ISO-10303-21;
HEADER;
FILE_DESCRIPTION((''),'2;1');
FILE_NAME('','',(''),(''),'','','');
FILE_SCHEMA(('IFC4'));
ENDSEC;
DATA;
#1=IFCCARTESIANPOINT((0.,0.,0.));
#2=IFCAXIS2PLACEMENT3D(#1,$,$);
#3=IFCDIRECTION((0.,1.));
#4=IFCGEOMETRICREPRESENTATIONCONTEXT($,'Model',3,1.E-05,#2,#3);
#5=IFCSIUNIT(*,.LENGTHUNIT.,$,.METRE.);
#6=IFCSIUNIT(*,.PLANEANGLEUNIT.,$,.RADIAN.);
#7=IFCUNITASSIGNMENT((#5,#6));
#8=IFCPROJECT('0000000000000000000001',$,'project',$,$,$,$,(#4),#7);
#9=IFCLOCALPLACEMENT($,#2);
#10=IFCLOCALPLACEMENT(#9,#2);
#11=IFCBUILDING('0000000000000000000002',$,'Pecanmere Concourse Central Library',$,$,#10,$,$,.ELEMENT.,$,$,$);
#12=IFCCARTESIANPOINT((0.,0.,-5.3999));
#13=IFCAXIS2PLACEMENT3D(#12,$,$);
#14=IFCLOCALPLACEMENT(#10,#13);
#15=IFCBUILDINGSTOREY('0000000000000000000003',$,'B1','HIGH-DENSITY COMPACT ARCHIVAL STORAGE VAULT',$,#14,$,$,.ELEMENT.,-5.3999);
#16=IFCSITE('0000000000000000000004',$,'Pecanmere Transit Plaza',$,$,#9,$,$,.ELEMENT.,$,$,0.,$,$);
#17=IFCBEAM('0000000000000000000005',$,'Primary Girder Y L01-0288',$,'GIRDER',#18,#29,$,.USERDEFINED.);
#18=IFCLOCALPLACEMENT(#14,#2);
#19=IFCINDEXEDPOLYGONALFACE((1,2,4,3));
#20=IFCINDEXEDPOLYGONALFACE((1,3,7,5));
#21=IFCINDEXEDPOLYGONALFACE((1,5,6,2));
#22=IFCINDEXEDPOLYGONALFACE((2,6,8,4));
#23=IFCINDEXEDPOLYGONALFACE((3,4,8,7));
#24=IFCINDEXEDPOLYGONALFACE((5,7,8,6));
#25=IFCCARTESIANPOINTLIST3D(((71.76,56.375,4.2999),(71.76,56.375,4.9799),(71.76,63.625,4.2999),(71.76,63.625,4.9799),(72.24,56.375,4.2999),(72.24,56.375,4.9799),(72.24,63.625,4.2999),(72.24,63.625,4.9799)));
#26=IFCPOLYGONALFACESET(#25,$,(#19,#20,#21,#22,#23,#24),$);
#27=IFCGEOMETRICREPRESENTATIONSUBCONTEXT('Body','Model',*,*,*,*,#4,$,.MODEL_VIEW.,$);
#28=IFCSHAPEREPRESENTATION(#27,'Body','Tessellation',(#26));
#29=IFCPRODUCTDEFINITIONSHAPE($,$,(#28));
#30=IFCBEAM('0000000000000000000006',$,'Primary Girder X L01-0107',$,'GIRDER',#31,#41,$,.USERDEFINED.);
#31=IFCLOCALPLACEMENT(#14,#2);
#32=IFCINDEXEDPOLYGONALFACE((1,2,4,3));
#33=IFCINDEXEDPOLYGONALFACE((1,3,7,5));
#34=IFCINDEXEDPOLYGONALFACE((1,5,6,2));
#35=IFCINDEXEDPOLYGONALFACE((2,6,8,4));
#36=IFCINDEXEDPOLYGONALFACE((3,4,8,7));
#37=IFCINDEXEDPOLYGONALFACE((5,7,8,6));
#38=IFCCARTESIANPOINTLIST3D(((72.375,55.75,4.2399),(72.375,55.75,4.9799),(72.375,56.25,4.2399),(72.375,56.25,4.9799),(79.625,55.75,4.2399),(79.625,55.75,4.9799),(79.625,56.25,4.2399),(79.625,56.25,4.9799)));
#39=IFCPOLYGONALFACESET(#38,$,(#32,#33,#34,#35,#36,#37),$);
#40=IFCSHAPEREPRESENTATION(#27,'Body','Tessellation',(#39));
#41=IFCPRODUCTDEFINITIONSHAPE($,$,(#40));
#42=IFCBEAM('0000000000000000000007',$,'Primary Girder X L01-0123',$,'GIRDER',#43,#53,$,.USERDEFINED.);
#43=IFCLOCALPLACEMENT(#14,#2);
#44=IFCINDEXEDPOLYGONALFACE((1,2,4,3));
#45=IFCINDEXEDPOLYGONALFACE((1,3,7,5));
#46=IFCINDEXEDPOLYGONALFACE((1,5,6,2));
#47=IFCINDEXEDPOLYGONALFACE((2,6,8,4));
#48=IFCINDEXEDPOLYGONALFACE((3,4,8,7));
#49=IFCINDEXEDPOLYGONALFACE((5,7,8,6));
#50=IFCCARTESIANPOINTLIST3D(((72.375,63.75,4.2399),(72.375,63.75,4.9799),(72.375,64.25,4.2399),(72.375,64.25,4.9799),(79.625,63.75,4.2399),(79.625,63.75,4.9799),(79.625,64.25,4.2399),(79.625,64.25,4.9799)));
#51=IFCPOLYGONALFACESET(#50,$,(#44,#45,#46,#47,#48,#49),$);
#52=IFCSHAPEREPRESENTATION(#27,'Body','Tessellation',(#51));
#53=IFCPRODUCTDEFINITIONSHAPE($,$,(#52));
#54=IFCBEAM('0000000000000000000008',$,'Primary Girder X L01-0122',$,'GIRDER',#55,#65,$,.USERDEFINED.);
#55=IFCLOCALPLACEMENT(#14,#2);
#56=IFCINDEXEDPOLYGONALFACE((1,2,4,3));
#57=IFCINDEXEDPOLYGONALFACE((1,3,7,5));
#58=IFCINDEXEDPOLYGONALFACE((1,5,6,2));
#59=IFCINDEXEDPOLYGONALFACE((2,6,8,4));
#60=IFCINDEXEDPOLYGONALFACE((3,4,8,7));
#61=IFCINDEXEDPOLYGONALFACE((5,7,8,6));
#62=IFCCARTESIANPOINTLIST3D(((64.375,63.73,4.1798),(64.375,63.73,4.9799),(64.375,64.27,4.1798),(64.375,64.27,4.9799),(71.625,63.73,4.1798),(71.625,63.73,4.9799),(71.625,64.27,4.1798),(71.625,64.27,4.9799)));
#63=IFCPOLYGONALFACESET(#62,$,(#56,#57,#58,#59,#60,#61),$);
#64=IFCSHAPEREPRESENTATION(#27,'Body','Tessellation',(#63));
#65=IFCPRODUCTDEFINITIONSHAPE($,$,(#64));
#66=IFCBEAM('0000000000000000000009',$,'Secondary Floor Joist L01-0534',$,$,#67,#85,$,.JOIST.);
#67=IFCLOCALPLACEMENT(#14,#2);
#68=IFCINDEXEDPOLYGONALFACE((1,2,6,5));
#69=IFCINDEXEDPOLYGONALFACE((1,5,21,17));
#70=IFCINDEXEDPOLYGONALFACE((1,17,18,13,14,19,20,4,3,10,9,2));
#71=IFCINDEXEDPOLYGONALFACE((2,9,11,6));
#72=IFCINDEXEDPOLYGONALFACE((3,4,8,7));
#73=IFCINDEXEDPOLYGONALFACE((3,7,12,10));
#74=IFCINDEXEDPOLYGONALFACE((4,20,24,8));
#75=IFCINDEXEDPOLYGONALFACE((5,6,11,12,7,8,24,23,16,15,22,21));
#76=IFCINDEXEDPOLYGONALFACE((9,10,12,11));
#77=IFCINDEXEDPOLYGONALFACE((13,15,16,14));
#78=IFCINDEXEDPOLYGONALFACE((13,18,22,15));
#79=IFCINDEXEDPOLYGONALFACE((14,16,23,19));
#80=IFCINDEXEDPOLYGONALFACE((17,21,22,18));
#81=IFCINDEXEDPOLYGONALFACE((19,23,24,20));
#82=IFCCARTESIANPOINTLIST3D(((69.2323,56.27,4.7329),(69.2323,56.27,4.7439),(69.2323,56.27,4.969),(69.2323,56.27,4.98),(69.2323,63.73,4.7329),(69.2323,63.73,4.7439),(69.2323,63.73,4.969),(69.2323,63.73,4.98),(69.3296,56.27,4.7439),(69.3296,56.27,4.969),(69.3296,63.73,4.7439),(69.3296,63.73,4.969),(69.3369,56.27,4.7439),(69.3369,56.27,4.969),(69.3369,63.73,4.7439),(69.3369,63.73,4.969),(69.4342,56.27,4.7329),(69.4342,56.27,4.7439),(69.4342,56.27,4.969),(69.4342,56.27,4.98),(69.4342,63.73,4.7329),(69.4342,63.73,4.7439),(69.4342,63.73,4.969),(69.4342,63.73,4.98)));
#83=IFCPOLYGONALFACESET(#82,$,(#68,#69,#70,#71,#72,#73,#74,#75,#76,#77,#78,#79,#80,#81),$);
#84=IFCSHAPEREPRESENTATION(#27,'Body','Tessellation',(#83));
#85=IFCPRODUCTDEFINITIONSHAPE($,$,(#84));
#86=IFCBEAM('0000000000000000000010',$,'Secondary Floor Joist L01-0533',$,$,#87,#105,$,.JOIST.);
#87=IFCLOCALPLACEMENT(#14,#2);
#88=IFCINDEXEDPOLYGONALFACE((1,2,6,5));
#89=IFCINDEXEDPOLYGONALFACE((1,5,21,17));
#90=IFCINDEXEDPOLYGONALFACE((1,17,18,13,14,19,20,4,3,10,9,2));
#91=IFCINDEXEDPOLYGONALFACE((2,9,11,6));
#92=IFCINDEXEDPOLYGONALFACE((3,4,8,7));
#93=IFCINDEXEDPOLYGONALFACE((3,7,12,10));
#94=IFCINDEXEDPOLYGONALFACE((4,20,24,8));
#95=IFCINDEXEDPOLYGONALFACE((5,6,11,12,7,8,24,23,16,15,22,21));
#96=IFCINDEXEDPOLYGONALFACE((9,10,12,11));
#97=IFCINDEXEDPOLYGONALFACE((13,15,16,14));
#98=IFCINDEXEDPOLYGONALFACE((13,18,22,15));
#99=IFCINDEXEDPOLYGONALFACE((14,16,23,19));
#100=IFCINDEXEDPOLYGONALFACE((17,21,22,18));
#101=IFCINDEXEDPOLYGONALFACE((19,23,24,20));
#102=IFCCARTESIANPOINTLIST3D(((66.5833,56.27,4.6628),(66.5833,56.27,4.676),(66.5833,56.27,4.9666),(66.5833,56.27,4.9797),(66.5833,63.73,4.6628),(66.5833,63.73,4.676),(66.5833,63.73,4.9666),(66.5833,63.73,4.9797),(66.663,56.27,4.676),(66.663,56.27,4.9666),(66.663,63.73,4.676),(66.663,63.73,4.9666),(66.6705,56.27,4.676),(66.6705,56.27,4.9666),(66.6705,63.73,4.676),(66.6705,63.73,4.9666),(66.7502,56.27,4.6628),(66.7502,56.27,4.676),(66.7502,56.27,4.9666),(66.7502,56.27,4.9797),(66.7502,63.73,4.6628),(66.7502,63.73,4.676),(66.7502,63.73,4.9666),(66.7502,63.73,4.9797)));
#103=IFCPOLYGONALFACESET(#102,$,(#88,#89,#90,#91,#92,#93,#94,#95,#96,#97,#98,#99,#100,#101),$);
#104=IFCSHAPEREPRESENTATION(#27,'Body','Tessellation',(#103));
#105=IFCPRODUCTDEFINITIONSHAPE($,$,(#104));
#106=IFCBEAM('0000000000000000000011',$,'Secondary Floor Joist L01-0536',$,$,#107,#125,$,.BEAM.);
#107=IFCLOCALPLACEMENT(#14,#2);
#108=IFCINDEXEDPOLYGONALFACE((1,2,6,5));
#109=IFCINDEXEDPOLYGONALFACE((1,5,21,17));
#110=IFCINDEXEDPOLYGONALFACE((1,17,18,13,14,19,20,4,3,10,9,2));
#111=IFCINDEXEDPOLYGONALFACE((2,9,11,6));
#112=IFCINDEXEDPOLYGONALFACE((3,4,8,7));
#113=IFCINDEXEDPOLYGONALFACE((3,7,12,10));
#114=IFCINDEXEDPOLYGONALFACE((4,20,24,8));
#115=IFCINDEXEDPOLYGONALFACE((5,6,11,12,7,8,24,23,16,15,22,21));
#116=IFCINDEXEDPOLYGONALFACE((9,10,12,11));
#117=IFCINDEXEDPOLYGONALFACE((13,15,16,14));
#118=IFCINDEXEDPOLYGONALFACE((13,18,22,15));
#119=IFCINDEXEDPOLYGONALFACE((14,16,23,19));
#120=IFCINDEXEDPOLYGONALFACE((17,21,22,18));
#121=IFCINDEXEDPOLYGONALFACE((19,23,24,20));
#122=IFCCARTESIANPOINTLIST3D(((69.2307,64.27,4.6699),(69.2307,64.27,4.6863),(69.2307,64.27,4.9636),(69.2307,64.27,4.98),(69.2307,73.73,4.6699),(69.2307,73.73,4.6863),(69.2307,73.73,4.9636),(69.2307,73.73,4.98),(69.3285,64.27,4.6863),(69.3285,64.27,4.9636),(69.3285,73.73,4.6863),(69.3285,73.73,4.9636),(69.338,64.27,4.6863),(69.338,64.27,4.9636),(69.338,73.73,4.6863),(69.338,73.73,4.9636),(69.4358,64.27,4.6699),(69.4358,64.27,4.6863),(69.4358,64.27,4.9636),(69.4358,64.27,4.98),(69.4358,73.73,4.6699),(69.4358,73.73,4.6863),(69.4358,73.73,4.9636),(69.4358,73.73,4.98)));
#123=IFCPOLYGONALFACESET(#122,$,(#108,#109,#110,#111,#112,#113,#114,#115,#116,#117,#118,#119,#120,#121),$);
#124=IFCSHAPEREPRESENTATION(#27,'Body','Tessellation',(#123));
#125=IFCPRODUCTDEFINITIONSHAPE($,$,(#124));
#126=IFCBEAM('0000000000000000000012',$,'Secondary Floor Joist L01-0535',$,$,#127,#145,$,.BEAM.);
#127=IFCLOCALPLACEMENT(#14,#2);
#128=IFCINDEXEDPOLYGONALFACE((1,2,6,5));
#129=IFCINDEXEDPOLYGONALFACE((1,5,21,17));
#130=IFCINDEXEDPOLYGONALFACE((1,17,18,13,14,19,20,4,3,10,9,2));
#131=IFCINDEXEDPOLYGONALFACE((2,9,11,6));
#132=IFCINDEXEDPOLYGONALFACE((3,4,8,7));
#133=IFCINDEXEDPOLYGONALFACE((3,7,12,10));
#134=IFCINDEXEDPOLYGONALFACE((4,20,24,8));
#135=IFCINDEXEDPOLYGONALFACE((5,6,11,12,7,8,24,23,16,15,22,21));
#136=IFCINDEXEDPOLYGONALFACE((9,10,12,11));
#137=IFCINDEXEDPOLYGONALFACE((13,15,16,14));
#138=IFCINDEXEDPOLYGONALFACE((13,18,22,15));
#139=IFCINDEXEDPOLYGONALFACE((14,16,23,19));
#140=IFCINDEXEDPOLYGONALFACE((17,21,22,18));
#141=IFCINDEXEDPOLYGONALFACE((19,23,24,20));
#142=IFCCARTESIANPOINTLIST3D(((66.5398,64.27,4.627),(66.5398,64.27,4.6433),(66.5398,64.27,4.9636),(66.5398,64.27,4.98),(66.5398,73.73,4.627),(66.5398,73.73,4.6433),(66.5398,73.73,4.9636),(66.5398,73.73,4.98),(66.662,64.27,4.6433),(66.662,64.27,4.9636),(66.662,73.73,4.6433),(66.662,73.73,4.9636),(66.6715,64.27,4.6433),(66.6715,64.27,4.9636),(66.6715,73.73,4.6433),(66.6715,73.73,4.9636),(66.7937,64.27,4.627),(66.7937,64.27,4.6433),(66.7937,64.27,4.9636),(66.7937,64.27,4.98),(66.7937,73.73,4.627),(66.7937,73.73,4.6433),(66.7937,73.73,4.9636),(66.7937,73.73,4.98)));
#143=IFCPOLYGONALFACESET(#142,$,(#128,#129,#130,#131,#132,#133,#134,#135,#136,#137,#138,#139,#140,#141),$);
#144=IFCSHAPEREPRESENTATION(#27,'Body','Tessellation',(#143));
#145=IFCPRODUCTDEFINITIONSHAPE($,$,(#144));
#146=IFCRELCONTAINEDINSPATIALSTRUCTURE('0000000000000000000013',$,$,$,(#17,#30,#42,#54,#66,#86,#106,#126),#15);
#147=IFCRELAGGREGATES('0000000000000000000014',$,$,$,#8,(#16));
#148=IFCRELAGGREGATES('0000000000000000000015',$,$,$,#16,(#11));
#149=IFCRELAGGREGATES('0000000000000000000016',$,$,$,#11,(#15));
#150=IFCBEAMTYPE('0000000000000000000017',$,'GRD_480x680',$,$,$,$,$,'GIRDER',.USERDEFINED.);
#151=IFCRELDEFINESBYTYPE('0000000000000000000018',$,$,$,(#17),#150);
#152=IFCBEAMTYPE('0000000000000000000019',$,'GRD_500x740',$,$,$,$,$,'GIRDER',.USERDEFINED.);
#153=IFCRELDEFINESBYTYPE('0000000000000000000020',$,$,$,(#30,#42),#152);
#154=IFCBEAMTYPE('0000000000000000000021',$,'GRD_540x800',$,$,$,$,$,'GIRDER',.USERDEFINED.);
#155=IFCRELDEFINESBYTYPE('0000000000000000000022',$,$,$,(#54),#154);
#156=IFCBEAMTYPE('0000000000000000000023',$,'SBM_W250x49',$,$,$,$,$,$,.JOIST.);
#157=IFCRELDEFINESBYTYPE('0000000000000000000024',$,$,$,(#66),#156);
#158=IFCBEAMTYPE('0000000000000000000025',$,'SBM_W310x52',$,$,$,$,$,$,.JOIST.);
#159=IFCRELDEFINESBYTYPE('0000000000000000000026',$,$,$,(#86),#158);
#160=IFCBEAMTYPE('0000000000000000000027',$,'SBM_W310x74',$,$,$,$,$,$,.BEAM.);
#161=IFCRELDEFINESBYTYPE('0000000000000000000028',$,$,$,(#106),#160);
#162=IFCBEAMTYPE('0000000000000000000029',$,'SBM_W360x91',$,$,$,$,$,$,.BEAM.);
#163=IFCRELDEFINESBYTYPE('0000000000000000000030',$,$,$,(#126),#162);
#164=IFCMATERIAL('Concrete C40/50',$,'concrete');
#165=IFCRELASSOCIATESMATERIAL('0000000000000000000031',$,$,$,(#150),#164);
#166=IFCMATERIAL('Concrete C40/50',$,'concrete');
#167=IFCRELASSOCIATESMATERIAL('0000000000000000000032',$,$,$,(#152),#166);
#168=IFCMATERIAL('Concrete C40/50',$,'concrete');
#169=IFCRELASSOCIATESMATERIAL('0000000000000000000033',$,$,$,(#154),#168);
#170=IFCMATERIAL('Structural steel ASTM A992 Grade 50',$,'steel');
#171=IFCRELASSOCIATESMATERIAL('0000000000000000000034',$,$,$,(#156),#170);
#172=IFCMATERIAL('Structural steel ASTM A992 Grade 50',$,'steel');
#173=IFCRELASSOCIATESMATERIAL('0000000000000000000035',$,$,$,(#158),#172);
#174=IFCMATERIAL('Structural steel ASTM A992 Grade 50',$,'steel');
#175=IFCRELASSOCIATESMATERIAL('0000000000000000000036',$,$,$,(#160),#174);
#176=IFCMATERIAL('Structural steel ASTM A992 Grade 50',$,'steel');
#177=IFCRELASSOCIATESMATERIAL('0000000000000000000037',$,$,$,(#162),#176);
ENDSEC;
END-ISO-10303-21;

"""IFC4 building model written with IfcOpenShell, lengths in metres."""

from ifc_helpers import new_model, si_unit, direction, frame, origin, origin_2d, place, context, subcontext, project, spatial, rectangle, i_section, extrude, material, material_profile, profile_set, type_object, element, save


model = new_model("IFC4")

# Units and contexts
model_context = context("Model", 3, precision=1e-05, world=origin(), true_north=direction((0.0, 1.0)))
body_context = subcontext(model_context, "Body", "Model", "MODEL_VIEW")
ifc_project = project(units=[si_unit("LENGTHUNIT", "METRE"), si_unit("PLANEANGLEUNIT", "RADIAN")], contexts=[model_context])

# Site, building, storey
site_placement = place(None, origin())
site = spatial("IfcSite", under=ifc_project, at=site_placement, Name="Pecanmere Transit Plaza", CompositionType="ELEMENT", RefElevation=0.0)
building_placement = place(site_placement, origin())
building = spatial("IfcBuilding", under=site, at=building_placement, Name="Pecanmere Concourse Central Library", CompositionType="ELEMENT")
storey_placement = place(building_placement, frame((0.0, 0.0, -5.3999)))
storey = spatial("IfcBuildingStorey", under=building, at=storey_placement, Name="B1", Description="HIGH-DENSITY COMPACT ARCHIVAL STORAGE VAULT", CompositionType="ELEMENT", Elevation=-5.3999)

# Beams
ifc_material_1 = material(Name="Concrete C40/50", Category="concrete")
ifc_material_profile_1 = material_profile(ifc_material_1, rectangle(XDim=0.48, YDim=0.6799, at=origin_2d()), Name="RC 480x680")
ifc_profile_set_1 = profile_set([ifc_material_profile_1], Name="Concrete C40/50")
beam_type_1 = type_object("IfcBeamType", Name="GRD_480x680", ElementType="GIRDER", PredefinedType="USERDEFINED", material=ifc_profile_set_1)
beam_1_placement = place(storey_placement, frame((72.0, 56.375, 4.6399), z_axis=(0.0, 1.0, 0.0), x_axis=(-1.0, 0.0, 0.0)))
element("IfcBeam", 1, at=beam_1_placement, inside=storey, type_object=beam_type_1, Name="Primary Girder Y L01-0288", ObjectType="GIRDER", PredefinedType="USERDEFINED", context=body_context, shape_type="SweptSolid", body=[
    extrude(rectangle(XDim=0.48, YDim=0.6799, at=origin_2d()), origin(), (0.0, 0.0, 1.0), 7.25),
])
ifc_material_2 = material(Name="Concrete C40/50", Category="concrete")
ifc_material_profile_2 = material_profile(ifc_material_2, rectangle(XDim=0.5, YDim=0.74, at=origin_2d()), Name="RC 500x740")
ifc_profile_set_2 = profile_set([ifc_material_profile_2], Name="Concrete C40/50")
beam_type_2 = type_object("IfcBeamType", Name="GRD_500x740", ElementType="GIRDER", PredefinedType="USERDEFINED", material=ifc_profile_set_2)
for number, where, z_axis, x_axis, name in (
    (2, (72.375, 56.0, 4.6099), (1.0, 0.0, 0.0), (0.0, 1.0, 0.0), "Primary Girder X L01-0107"),
    (3, (72.375, 64.0, 4.6099), (1.0, 0.0, 0.0), (0.0, 1.0, 0.0), "Primary Girder X L01-0123"),
):
    element("IfcBeam", number, at=place(storey_placement, frame(where, z_axis=z_axis, x_axis=x_axis)), inside=storey, type_object=beam_type_2, Name=name, ObjectType="GIRDER", PredefinedType="USERDEFINED", context=body_context, shape_type="SweptSolid", body=[
        extrude(rectangle(XDim=0.5, YDim=0.74, at=origin_2d()), origin(), (0.0, 0.0, 1.0), 7.25),
    ])
ifc_material_3 = material(Name="Concrete C40/50", Category="concrete")
ifc_material_profile_3 = material_profile(ifc_material_3, rectangle(XDim=0.54, YDim=0.8, at=origin_2d()), Name="RC 540x800")
ifc_profile_set_3 = profile_set([ifc_material_profile_3], Name="Concrete C40/50")
beam_type_3 = type_object("IfcBeamType", Name="GRD_540x800", ElementType="GIRDER", PredefinedType="USERDEFINED", material=ifc_profile_set_3)
beam_2_placement = place(storey_placement, frame((64.375, 64.0, 4.5798), z_axis=(1.0, 0.0, 0.0), x_axis=(0.0, 1.0, 0.0)))
element("IfcBeam", 4, at=beam_2_placement, inside=storey, type_object=beam_type_3, Name="Primary Girder X L01-0122", ObjectType="GIRDER", PredefinedType="USERDEFINED", context=body_context, shape_type="SweptSolid", body=[
    extrude(rectangle(XDim=0.54, YDim=0.8, at=origin_2d()), origin(), (0.0, 0.0, 1.0), 7.25),
])
ifc_material_4 = material(Name="Structural steel ASTM A992 Grade 50", Category="steel")
ifc_material_profile_4 = material_profile(ifc_material_4, i_section(OverallWidth=0.2019, OverallDepth=0.2471, WebThickness=0.0073, FlangeThickness=0.011, at=origin_2d()), Name="W250x49.1")
ifc_profile_set_4 = profile_set([ifc_material_profile_4], Name="Structural steel ASTM A992 Grade 50")
beam_type_4 = type_object("IfcBeamType", Name="SBM_W250x49", PredefinedType="JOIST", material=ifc_profile_set_4)
beam_3_placement = place(storey_placement, frame((69.3333, 56.27, 4.8564), z_axis=(0.0, 1.0, 0.0), x_axis=(-1.0, 0.0, 0.0)))
element("IfcBeam", 5, at=beam_3_placement, inside=storey, type_object=beam_type_4, Name="Secondary Floor Joist L01-0534", PredefinedType="JOIST", context=body_context, shape_type="SweptSolid", body=[
    extrude(i_section(OverallWidth=0.2019, OverallDepth=0.2471, WebThickness=0.0073, FlangeThickness=0.011, at=origin_2d()), origin(), (0.0, 0.0, 1.0), 7.46),
])
ifc_material_5 = material(Name="Structural steel ASTM A992 Grade 50", Category="steel")
ifc_material_profile_5 = material_profile(ifc_material_5, i_section(OverallWidth=0.167, OverallDepth=0.3169, WebThickness=0.0076, FlangeThickness=0.0132, at=origin_2d()), Name="W310x52")
ifc_profile_set_5 = profile_set([ifc_material_profile_5], Name="Structural steel ASTM A992 Grade 50")
beam_type_5 = type_object("IfcBeamType", Name="SBM_W310x52", PredefinedType="JOIST", material=ifc_profile_set_5)
beam_4_placement = place(storey_placement, frame((66.6667, 56.27, 4.8213), z_axis=(0.0, 1.0, 0.0), x_axis=(-1.0, 0.0, 0.0)))
element("IfcBeam", 6, at=beam_4_placement, inside=storey, type_object=beam_type_5, Name="Secondary Floor Joist L01-0533", PredefinedType="JOIST", context=body_context, shape_type="SweptSolid", body=[
    extrude(i_section(OverallWidth=0.167, OverallDepth=0.3169, WebThickness=0.0076, FlangeThickness=0.0132, at=origin_2d()), origin(), (0.0, 0.0, 1.0), 7.46),
])
ifc_material_6 = material(Name="Structural steel ASTM A992 Grade 50", Category="steel")
ifc_material_profile_6 = material_profile(ifc_material_6, i_section(OverallWidth=0.2051, OverallDepth=0.3101, WebThickness=0.0095, FlangeThickness=0.0164, at=origin_2d()), Name="W310x74")
ifc_profile_set_6 = profile_set([ifc_material_profile_6], Name="Structural steel ASTM A992 Grade 50")
beam_type_6 = type_object("IfcBeamType", Name="SBM_W310x74", PredefinedType="BEAM", material=ifc_profile_set_6)
beam_5_placement = place(storey_placement, frame((69.3333, 64.27, 4.825), z_axis=(0.0, 1.0, 0.0), x_axis=(-1.0, 0.0, 0.0)))
element("IfcBeam", 7, at=beam_5_placement, inside=storey, type_object=beam_type_6, Name="Secondary Floor Joist L01-0536", PredefinedType="BEAM", context=body_context, shape_type="SweptSolid", body=[
    extrude(i_section(OverallWidth=0.2051, OverallDepth=0.3101, WebThickness=0.0095, FlangeThickness=0.0164, at=origin_2d()), origin(), (0.0, 0.0, 1.0), 9.46),
])
ifc_material_7 = material(Name="Structural steel ASTM A992 Grade 50", Category="steel")
ifc_material_profile_7 = material_profile(ifc_material_7, i_section(OverallWidth=0.2539, OverallDepth=0.353, WebThickness=0.0095, FlangeThickness=0.0164, at=origin_2d()), Name="W360x91")
ifc_profile_set_7 = profile_set([ifc_material_profile_7], Name="Structural steel ASTM A992 Grade 50")
beam_type_7 = type_object("IfcBeamType", Name="SBM_W360x91", PredefinedType="BEAM", material=ifc_profile_set_7)
beam_6_placement = place(storey_placement, frame((66.6667, 64.27, 4.8035), z_axis=(0.0, 1.0, 0.0), x_axis=(-1.0, 0.0, 0.0)))
element("IfcBeam", 8, at=beam_6_placement, inside=storey, type_object=beam_type_7, Name="Secondary Floor Joist L01-0535", PredefinedType="BEAM", context=body_context, shape_type="SweptSolid", body=[
    extrude(i_section(OverallWidth=0.2539, OverallDepth=0.353, WebThickness=0.0095, FlangeThickness=0.0164, at=origin_2d()), origin(), (0.0, 0.0, 1.0), 9.46),
])

save(model, "model.ifc")
